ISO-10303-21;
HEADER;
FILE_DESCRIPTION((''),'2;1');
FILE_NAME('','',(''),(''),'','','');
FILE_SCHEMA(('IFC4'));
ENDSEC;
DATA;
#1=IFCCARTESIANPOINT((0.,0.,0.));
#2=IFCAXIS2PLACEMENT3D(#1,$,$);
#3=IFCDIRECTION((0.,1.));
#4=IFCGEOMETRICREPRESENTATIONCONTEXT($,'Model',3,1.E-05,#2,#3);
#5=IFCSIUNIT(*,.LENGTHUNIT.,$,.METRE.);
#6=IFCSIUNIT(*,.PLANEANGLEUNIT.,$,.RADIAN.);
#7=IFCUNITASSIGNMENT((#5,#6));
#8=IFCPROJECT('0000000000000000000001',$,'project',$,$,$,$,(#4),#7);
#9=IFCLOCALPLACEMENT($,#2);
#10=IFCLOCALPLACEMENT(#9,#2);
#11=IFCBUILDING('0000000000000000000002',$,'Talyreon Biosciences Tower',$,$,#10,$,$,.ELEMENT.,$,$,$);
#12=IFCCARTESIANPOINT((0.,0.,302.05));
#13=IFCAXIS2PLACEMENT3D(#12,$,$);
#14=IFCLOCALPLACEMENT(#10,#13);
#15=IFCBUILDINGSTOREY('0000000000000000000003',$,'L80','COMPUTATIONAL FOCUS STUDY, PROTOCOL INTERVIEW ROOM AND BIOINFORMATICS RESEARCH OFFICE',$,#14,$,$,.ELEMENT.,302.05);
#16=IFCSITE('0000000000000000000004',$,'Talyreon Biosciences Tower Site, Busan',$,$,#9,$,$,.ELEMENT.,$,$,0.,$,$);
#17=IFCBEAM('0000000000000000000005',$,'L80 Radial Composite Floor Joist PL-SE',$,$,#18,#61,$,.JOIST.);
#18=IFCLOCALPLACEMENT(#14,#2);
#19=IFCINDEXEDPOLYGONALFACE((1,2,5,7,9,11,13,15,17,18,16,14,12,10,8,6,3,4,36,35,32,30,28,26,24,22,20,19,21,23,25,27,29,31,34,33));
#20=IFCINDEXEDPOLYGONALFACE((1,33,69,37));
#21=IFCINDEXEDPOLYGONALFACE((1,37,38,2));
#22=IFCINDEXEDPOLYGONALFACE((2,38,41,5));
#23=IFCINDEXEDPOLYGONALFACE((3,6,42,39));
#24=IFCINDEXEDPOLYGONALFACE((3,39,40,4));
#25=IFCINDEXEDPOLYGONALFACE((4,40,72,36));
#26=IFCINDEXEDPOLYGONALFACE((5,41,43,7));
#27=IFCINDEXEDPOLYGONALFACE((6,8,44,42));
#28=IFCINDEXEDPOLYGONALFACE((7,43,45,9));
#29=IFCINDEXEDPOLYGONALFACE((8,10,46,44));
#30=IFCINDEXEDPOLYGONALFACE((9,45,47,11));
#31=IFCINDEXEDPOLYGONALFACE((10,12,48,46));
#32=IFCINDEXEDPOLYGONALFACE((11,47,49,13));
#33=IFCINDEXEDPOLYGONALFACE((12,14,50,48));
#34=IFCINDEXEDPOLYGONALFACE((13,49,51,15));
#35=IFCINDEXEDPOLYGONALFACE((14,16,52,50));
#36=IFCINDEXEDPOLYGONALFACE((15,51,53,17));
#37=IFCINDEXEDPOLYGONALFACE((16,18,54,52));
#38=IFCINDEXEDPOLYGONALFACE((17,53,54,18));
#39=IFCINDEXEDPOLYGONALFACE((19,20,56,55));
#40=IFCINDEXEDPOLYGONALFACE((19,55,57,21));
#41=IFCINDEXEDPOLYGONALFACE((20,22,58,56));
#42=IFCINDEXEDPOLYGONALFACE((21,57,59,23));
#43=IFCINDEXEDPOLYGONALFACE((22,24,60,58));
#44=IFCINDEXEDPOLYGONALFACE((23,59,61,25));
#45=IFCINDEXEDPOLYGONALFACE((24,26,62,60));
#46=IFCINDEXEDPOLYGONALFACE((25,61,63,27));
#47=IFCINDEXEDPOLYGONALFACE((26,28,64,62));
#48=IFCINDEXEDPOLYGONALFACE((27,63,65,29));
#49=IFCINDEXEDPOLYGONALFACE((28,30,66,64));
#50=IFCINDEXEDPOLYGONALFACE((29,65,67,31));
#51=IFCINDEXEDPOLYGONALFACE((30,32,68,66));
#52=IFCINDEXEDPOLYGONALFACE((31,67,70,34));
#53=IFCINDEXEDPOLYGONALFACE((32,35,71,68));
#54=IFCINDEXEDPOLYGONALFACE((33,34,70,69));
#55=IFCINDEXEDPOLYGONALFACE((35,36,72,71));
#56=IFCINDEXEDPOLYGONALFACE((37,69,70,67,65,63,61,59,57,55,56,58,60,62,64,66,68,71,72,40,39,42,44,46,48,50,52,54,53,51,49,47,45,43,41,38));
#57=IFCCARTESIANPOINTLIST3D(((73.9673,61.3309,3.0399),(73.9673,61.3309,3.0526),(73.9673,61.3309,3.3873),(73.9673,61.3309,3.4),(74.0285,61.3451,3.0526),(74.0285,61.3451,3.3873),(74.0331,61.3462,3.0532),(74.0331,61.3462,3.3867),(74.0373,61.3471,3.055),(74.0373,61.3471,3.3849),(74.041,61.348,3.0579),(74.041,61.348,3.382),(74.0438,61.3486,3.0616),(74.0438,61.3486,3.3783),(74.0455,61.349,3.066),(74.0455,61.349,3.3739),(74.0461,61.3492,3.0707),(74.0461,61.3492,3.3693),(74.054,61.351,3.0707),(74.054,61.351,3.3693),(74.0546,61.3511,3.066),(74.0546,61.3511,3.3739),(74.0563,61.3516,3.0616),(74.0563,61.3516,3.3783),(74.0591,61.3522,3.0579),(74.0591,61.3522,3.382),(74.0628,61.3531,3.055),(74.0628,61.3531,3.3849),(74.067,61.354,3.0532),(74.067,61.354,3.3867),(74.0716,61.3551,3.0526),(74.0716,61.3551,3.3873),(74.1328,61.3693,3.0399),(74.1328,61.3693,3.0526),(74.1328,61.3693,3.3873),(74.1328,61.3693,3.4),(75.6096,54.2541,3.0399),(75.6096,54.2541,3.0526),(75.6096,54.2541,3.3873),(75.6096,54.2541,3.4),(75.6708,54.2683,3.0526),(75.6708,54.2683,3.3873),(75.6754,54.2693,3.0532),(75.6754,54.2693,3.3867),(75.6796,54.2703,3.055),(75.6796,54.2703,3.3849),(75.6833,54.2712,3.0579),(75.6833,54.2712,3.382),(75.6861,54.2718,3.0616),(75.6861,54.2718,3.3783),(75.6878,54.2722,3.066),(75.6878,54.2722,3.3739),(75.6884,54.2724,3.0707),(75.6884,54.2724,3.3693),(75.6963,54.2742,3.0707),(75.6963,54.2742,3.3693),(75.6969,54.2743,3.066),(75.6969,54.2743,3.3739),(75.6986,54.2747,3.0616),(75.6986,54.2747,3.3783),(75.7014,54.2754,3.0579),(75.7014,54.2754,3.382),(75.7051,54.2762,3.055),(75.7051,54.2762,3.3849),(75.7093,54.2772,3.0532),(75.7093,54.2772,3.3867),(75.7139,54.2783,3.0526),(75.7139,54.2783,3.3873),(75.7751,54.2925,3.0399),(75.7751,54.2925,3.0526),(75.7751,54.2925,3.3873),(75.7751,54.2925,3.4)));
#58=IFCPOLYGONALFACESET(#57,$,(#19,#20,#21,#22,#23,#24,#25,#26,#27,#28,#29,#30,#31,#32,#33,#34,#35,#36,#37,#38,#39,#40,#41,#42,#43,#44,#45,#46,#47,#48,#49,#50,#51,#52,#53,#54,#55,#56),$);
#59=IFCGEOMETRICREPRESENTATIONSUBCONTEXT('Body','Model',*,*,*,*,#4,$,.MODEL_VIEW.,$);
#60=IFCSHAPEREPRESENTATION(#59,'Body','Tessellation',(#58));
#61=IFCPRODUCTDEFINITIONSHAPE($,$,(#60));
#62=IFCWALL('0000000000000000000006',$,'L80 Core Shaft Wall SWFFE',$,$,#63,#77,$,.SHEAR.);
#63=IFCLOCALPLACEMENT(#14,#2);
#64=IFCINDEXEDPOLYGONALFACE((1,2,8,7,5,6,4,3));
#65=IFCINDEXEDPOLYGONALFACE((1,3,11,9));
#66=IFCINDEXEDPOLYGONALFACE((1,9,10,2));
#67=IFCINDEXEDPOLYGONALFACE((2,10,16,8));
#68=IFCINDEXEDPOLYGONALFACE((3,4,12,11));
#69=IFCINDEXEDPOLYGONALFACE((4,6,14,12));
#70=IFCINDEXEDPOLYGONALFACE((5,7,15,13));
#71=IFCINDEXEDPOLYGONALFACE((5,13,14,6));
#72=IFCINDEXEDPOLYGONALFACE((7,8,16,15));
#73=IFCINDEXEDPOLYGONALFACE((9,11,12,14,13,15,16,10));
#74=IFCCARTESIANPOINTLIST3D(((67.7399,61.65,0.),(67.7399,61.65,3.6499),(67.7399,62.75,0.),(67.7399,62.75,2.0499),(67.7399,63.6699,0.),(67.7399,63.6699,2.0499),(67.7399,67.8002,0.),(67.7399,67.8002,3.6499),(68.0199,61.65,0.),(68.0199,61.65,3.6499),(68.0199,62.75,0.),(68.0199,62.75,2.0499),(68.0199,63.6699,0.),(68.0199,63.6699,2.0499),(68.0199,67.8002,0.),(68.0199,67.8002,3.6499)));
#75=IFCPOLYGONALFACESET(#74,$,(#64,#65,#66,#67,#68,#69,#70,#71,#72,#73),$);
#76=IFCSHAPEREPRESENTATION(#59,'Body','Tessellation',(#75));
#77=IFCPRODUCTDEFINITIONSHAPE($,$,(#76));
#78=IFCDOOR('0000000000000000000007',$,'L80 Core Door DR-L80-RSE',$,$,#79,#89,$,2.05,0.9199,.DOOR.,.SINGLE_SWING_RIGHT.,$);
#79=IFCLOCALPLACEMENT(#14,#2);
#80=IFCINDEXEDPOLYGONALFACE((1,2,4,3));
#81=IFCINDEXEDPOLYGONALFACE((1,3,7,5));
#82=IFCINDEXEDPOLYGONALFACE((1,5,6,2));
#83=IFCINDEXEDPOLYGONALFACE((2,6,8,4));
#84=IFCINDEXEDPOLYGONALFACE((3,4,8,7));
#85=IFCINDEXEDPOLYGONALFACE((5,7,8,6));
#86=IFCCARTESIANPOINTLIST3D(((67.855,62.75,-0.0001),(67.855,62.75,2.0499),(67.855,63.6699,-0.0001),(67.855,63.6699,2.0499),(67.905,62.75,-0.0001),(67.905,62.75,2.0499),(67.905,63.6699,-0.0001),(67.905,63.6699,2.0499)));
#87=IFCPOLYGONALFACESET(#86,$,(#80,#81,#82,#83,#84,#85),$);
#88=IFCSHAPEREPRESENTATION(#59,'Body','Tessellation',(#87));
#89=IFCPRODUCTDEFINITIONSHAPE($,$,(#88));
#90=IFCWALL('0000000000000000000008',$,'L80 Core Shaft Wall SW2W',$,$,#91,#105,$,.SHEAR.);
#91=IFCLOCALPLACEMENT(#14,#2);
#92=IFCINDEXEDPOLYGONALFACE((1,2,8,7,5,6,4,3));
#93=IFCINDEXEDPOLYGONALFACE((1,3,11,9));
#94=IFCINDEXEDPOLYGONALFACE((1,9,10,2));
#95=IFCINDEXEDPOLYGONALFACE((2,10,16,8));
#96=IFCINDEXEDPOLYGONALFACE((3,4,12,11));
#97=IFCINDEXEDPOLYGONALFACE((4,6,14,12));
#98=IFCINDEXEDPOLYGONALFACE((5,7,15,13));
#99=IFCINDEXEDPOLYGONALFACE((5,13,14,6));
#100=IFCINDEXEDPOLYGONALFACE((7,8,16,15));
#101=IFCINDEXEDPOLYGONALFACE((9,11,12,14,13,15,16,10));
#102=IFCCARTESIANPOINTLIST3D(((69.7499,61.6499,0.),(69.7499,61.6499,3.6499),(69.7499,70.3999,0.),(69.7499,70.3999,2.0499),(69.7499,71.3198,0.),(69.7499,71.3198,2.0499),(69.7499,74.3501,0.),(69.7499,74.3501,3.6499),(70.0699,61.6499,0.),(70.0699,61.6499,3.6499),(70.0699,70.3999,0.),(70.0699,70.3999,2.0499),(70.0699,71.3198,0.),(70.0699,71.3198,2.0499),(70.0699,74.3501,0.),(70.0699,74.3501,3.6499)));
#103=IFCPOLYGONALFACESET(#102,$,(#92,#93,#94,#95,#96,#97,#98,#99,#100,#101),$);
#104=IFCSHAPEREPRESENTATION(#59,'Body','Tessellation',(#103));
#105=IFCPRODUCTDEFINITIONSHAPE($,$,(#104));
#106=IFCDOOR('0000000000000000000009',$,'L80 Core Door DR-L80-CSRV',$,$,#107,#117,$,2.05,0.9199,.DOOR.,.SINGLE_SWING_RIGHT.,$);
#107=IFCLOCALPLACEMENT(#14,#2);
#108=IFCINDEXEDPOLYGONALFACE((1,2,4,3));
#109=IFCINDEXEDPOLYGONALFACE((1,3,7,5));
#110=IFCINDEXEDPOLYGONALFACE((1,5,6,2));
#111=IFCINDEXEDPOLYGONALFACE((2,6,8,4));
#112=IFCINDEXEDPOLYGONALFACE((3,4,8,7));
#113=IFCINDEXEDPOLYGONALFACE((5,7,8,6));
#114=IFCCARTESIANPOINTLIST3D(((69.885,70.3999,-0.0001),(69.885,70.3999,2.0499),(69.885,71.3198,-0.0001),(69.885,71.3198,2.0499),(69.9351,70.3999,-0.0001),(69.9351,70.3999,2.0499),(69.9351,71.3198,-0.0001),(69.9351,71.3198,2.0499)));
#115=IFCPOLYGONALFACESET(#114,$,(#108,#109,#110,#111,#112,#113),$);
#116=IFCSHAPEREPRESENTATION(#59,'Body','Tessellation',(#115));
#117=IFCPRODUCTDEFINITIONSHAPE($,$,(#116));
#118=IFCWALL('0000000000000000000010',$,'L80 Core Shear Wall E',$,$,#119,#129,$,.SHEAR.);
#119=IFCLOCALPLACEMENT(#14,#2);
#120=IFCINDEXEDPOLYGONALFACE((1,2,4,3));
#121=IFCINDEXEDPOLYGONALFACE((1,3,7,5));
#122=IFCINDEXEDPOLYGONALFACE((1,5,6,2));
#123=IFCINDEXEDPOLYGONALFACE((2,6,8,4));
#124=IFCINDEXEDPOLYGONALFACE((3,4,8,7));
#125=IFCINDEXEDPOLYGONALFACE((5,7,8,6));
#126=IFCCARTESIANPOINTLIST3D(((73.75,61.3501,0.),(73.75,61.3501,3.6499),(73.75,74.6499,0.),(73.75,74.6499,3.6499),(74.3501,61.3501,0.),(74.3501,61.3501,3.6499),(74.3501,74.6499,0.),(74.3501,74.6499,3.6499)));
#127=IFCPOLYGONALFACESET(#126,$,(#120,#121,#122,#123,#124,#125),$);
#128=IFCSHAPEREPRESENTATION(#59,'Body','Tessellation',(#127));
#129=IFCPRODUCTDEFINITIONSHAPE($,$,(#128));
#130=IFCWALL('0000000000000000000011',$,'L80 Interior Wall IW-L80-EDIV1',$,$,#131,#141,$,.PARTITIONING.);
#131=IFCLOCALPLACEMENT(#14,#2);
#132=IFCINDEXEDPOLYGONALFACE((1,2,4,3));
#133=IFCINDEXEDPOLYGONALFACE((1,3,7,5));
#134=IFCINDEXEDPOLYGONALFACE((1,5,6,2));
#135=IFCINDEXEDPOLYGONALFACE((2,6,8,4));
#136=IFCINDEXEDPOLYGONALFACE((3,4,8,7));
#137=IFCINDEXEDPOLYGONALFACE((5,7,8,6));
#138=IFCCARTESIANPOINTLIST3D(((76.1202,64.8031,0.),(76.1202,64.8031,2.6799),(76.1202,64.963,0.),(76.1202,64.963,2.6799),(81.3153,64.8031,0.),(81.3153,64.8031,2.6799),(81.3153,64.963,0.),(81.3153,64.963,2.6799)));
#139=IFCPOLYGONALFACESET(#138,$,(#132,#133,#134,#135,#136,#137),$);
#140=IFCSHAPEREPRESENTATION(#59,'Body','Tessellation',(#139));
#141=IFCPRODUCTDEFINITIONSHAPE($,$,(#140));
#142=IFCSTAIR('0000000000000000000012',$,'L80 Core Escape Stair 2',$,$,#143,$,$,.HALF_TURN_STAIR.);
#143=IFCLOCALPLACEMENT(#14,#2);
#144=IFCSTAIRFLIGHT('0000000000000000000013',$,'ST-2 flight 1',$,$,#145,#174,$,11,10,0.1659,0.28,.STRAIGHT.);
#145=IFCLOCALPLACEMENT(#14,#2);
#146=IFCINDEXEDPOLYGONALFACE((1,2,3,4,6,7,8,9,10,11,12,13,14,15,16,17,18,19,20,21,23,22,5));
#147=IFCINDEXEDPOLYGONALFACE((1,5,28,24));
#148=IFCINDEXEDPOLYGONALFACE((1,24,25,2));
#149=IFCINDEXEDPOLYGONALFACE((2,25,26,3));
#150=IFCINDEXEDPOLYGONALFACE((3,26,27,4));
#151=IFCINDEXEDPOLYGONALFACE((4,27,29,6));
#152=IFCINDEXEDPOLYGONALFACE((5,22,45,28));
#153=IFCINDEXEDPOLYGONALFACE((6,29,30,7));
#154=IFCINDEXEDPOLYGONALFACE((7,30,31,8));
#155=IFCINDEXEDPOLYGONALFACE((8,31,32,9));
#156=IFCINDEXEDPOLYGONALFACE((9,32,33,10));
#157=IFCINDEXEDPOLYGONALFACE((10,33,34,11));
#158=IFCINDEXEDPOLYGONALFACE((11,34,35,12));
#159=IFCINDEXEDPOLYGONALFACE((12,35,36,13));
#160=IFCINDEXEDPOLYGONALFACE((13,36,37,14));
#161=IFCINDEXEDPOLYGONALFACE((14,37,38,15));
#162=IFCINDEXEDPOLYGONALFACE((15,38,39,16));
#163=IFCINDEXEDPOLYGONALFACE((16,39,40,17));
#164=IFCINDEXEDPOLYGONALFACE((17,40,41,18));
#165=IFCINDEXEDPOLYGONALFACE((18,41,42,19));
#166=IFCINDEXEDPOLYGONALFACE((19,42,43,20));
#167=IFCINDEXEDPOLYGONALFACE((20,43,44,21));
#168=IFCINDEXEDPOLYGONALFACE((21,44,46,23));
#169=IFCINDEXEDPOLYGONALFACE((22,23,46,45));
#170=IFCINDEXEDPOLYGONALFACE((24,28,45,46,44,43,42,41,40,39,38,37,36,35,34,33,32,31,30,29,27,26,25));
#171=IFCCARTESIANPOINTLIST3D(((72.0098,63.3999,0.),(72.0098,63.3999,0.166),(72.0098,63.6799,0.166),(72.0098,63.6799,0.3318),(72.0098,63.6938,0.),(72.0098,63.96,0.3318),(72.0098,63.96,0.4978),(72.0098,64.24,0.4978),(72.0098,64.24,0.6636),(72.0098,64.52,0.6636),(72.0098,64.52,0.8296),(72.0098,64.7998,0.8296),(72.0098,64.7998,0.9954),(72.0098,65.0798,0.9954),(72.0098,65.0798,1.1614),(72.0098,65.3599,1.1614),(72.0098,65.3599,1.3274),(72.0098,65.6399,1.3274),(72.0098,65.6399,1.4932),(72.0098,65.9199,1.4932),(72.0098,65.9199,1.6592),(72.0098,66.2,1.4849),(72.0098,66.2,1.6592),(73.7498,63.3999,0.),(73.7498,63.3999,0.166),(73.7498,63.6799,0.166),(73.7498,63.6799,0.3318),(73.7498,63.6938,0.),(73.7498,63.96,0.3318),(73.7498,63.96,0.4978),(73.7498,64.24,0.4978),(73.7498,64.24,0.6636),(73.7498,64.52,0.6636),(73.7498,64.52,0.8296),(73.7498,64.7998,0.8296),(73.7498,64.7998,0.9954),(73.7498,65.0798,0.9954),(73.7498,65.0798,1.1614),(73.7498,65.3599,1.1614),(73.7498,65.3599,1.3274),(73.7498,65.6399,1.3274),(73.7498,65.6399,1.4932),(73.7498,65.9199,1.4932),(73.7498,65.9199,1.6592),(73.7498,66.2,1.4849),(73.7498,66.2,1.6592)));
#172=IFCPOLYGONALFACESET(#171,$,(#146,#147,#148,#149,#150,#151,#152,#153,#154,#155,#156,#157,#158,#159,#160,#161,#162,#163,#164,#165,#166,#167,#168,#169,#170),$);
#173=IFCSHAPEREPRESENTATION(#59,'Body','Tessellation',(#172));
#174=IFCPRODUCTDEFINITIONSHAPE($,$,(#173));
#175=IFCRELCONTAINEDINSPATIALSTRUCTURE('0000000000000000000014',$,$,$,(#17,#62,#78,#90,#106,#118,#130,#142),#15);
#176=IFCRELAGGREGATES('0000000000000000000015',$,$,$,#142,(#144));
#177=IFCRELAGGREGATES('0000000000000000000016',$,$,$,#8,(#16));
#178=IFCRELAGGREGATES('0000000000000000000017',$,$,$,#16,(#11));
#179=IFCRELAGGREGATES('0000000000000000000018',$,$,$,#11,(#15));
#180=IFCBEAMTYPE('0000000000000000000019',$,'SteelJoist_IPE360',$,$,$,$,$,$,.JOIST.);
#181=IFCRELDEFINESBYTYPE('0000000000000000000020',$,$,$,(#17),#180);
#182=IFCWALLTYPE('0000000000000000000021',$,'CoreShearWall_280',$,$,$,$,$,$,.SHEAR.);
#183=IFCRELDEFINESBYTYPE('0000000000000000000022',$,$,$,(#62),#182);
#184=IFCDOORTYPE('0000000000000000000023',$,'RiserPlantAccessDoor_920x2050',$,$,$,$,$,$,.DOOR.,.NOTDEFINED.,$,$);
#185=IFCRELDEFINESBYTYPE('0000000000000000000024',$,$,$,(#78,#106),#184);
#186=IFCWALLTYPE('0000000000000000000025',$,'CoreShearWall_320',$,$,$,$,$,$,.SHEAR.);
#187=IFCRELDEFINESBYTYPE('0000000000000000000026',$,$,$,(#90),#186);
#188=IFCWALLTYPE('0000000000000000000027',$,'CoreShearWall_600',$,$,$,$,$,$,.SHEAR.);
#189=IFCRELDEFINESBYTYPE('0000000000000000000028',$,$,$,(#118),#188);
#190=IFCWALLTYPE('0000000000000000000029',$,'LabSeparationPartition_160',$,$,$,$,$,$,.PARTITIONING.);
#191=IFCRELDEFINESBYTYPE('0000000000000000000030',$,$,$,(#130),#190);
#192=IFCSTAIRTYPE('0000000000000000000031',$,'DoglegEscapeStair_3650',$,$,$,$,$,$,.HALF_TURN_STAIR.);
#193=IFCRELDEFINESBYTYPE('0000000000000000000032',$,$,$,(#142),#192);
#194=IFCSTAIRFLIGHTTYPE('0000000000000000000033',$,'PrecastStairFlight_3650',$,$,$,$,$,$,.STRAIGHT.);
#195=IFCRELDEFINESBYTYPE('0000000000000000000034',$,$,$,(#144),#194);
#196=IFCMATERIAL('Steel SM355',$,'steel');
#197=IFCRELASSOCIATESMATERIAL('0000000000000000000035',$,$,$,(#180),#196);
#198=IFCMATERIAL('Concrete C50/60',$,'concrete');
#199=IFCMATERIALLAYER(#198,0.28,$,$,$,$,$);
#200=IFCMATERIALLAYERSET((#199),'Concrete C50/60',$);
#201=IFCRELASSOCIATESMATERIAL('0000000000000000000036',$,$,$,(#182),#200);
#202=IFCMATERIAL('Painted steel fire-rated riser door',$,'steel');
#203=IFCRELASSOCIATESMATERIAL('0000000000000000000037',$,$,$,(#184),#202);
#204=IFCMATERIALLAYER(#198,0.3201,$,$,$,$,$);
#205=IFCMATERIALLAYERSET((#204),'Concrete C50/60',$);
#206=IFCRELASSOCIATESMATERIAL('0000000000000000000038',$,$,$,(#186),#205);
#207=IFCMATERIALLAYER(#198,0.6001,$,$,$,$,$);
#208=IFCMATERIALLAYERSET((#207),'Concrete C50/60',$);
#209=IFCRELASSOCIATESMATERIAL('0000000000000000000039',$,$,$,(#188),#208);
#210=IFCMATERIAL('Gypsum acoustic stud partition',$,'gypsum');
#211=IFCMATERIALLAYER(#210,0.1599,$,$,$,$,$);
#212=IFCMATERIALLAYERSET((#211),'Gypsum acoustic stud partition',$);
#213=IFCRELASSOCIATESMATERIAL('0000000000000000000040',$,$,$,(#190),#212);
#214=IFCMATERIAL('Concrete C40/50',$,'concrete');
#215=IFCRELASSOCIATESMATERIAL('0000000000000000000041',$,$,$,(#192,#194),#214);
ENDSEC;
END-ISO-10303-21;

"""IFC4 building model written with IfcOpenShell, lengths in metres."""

from ifc_helpers import new_model, si_unit, direction, frame, frame_2d, origin, origin_2d, place, context, subcontext, project, spatial, polyline, rectangle, i_section, outline, extrude, material, layer, layer_set, material_profile, profile_set, type_object, element, fill, aggregate, save


model = new_model("IFC4")

# Units and contexts
model_context = context("Model", 3, precision=1e-05, world=origin(), true_north=direction((0.0, 1.0)))
body_context = subcontext(model_context, "Body", "Model", "MODEL_VIEW")
ifc_project = project(units=[si_unit("LENGTHUNIT", "METRE"), si_unit("PLANEANGLEUNIT", "RADIAN")], contexts=[model_context])

# Site, building, storey
site_placement = place(None, origin())
site = spatial("IfcSite", under=ifc_project, at=site_placement, Name="Talyreon Biosciences Tower Site, Busan", CompositionType="ELEMENT", RefElevation=0.0)
building_placement = place(site_placement, origin())
building = spatial("IfcBuilding", under=site, at=building_placement, Name="Talyreon Biosciences Tower", CompositionType="ELEMENT")
storey_placement = place(building_placement, frame((0.0, 0.0, 302.05)))
storey = spatial("IfcBuildingStorey", under=building, at=storey_placement, Name="L80", Description="COMPUTATIONAL FOCUS STUDY, PROTOCOL INTERVIEW ROOM AND BIOINFORMATICS RESEARCH OFFICE", CompositionType="ELEMENT", Elevation=302.05)

# Shared definitions
ifc_material_1 = material(Name="Concrete C50/60", Category="concrete")

# Beam
ifc_material_2 = material(Name="Steel SM355", Category="steel")
ifc_material_profile_1 = material_profile(ifc_material_2, i_section(OverallWidth=0.1699, OverallDepth=0.3601, WebThickness=0.0081, FlangeThickness=0.0127, FilletRadius=0.0181, at=origin_2d()), Name="IPE360")
ifc_profile_set_1 = profile_set([ifc_material_profile_1], Name="Steel SM355")
beam_type_1 = type_object("IfcBeamType", Name="SteelJoist_IPE360", PredefinedType="JOIST", material=ifc_profile_set_1)
beam_1_placement = place(storey_placement, frame((74.05, 61.3501, 3.22), z_axis=(0.226062, -0.974113, 0.0), x_axis=(0.974113, 0.226062, 0.0)))
element("IfcBeam", 1, at=beam_1_placement, inside=storey, type_object=beam_type_1, Name="L80 Radial Composite Floor Joist PL-SE", PredefinedType="JOIST", context=body_context, shape_type="SweptSolid", body=[
    extrude(i_section(OverallWidth=0.1699, OverallDepth=0.3601, WebThickness=0.0081, FlangeThickness=0.0127, FilletRadius=0.0181, at=origin_2d()), origin(), (0.0, 0.0, 1.0), 7.2649),
])

# Walls, openings, doors
ifc_layer_1 = layer(ifc_material_1, 0.28)
ifc_layer_set_1 = layer_set([ifc_layer_1], Name="Concrete C50/60")
wall_type_1 = type_object("IfcWallType", Name="CoreShearWall_280", PredefinedType="SHEAR", material=ifc_layer_set_1)
wall_1_placement = place(storey_placement, frame((67.8799, 61.6499, 0.0), z_axis=(0.0, 0.0, 1.0), x_axis=(0.0, 1.0, 0.0)))
wall_1 = element("IfcWall", 2, at=wall_1_placement, inside=storey, type_object=wall_type_1, Name="L80 Core Shaft Wall SWFFE", PredefinedType="SHEAR", context=body_context, shape_type="SweptSolid", body=[
    extrude(rectangle(XDim=6.1501, YDim=0.28, at=frame_2d((3.0752, 0.0))), origin(), (0.0, 0.0, 1.0), 3.6499),
])
opening_1_placement = place(wall_1_placement, frame((1.1001, 0.0, 0.0)))
opening_1 = element("IfcOpeningElement", 3, at=opening_1_placement, cuts=wall_1, PredefinedType="OPENING", context=body_context, shape_type="SweptSolid", body=[
    extrude(rectangle(XDim=0.9199, YDim=2.05, at=frame_2d((0.46, 1.0249))), frame((0.0, 0.1499, 0.0), z_axis=(0.0, -1.0, 0.0), x_axis=(1.0, 0.0, 0.0)), (0.0, 0.0, 1.0), 0.3),
])
ifc_material_3 = material(Name="Painted steel fire-rated riser door", Category="steel")
door_type = type_object("IfcDoorType", Name="RiserPlantAccessDoor_920x2050", OperationType="NOTDEFINED", PredefinedType="DOOR", material=ifc_material_3)
door_1_placement = place(opening_1_placement, origin())
door_1 = element("IfcDoor", 4, at=door_1_placement, inside=storey, type_object=door_type, Name="L80 Core Door DR-L80-RSE", OperationType="SINGLE_SWING_RIGHT", OverallHeight=2.05, OverallWidth=0.9199, PredefinedType="DOOR", context=body_context, shape_type="SweptSolid", body=[
    extrude(rectangle(XDim=0.9199, YDim=2.05, at=frame_2d((0.46, 1.0249))), frame((0.0, 0.0249, 0.0), z_axis=(0.0, -1.0, 0.0), x_axis=(1.0, 0.0, 0.0)), (0.0, 0.0, 1.0), 0.05),
])
fill(opening_1, door_1)
ifc_layer_2 = layer(ifc_material_1, 0.3201)
ifc_layer_set_2 = layer_set([ifc_layer_2], Name="Concrete C50/60")
wall_type_2 = type_object("IfcWallType", Name="CoreShearWall_320", PredefinedType="SHEAR", material=ifc_layer_set_2)
wall_2_placement = place(storey_placement, frame((69.9099, 61.6499, 0.0), z_axis=(0.0, 0.0, 1.0), x_axis=(0.0, 1.0, 0.0)))
wall_2 = element("IfcWall", 5, at=wall_2_placement, inside=storey, type_object=wall_type_2, Name="L80 Core Shaft Wall SW2W", PredefinedType="SHEAR", context=body_context, shape_type="SweptSolid", body=[
    extrude(rectangle(XDim=12.7002, YDim=0.3201, at=frame_2d((6.3501, 0.0))), origin(), (0.0, 0.0, 1.0), 3.6499),
])
opening_2_placement = place(wall_2_placement, frame((8.75, 0.0, 0.0)))
opening_2 = element("IfcOpeningElement", 6, at=opening_2_placement, cuts=wall_2, PredefinedType="OPENING", context=body_context, shape_type="SweptSolid", body=[
    extrude(rectangle(XDim=0.9199, YDim=2.05, at=frame_2d((0.46, 1.0249))), frame((0.0, 0.1699, 0.0), z_axis=(0.0, -1.0, 0.0), x_axis=(1.0, 0.0, 0.0)), (0.0, 0.0, 1.0), 0.3401),
])
door_2_placement = place(opening_2_placement, origin())
door_2 = element("IfcDoor", 7, at=door_2_placement, inside=storey, type_object=door_type, Name="L80 Core Door DR-L80-CSRV", OperationType="SINGLE_SWING_RIGHT", OverallHeight=2.05, OverallWidth=0.9199, PredefinedType="DOOR", context=body_context, shape_type="SweptSolid", body=[
    extrude(rectangle(XDim=0.9199, YDim=2.05, at=frame_2d((0.46, 1.0249))), frame((0.0, 0.0249, 0.0), z_axis=(0.0, -1.0, 0.0), x_axis=(1.0, 0.0, 0.0)), (0.0, 0.0, 1.0), 0.05),
])
fill(opening_2, door_2)

# Walls
ifc_layer_3 = layer(ifc_material_1, 0.6001)
ifc_layer_set_3 = layer_set([ifc_layer_3], Name="Concrete C50/60")
wall_type_3 = type_object("IfcWallType", Name="CoreShearWall_600", PredefinedType="SHEAR", material=ifc_layer_set_3)
wall_3_placement = place(storey_placement, frame((74.05, 61.3501, 0.0), z_axis=(0.0, 0.0, 1.0), x_axis=(0.0, 1.0, 0.0)))
element("IfcWall", 8, at=wall_3_placement, inside=storey, type_object=wall_type_3, Name="L80 Core Shear Wall E", PredefinedType="SHEAR", context=body_context, shape_type="SweptSolid", body=[
    extrude(rectangle(XDim=13.2998, YDim=0.6001, at=frame_2d((6.6499, 0.0))), origin(), (0.0, 0.0, 1.0), 3.6499),
])
ifc_material_4 = material(Name="Gypsum acoustic stud partition", Category="gypsum")
ifc_layer_4 = layer(ifc_material_4, 0.1599)
ifc_layer_set_4 = layer_set([ifc_layer_4], Name="Gypsum acoustic stud partition")
wall_type_4 = type_object("IfcWallType", Name="LabSeparationPartition_160", PredefinedType="PARTITIONING", material=ifc_layer_set_4)
wall_4_placement = place(storey_placement, frame((76.1201, 64.8831, 0.0), z_axis=(0.0, 0.0, 1.0), x_axis=(1.0, 0.0, 0.0)))
element("IfcWall", 9, at=wall_4_placement, inside=storey, type_object=wall_type_4, Name="L80 Interior Wall IW-L80-EDIV1", PredefinedType="PARTITIONING", context=body_context, shape_type="SweptSolid", body=[
    extrude(rectangle(XDim=5.1951, YDim=0.1599, at=frame_2d((2.5977, 0.0))), origin(), (0.0, 0.0, 1.0), 2.6799),
])

# Stair, stair flight
ifc_material_5 = material(Name="Concrete C40/50", Category="concrete")
stair_type = type_object("IfcStairType", Name="DoglegEscapeStair_3650", PredefinedType="HALF_TURN_STAIR", material=ifc_material_5)
stair_placement = place(storey_placement, origin())
stair = element("IfcStair", 10, at=stair_placement, inside=storey, type_object=stair_type, Name="L80 Core Escape Stair 2", PredefinedType="HALF_TURN_STAIR")
stair_flight_type = type_object("IfcStairFlightType", Name="PrecastStairFlight_3650", PredefinedType="STRAIGHT", material=ifc_material_5)
stair_flight_1_placement = place(storey_placement, frame((72.8799, 63.3999, 0.0), z_axis=(0.0, 0.0, 1.0), x_axis=(0.0, 1.0, 0.0)))
stair_flight_1 = element("IfcStairFlight", 11, at=stair_flight_1_placement, type_object=stair_flight_type, Name="ST-2 flight 1", NumberOfRisers=11, NumberOfTreads=10, PredefinedType="STRAIGHT", RiserHeight=0.1659, TreadLength=0.28, context=body_context, shape_type="SweptSolid", body=[
    extrude(outline(polyline([(0.0, 0.0), (0.0, 0.166), (0.28, 0.166), (0.28, 0.3318), (0.5601, 0.3318), (0.5601, 0.4978), (0.8401, 0.4978), (0.8401, 0.6636), (1.1201, 0.6636), (1.1201, 0.8296), (1.3999, 0.8296), (1.3999, 0.9954), (1.6799, 0.9954), (1.6799, 1.1614), (1.96, 1.1614), (1.96, 1.3274), (2.24, 1.3274), (2.24, 1.4932), (2.52, 1.4932), (2.52, 1.6592), (2.8, 1.6592), (2.8, 1.825), (2.8, 1.4849), (0.2939, 0.0), (0.0, 0.0)])), frame((0.0, 0.8701, 0.0), z_axis=(0.0, -1.0, 0.0), x_axis=(1.0, 0.0, 0.0)), (0.0, 0.0, 1.0), 1.74),
])
aggregate(stair, [stair_flight_1])

save(model, "model.ifc")
